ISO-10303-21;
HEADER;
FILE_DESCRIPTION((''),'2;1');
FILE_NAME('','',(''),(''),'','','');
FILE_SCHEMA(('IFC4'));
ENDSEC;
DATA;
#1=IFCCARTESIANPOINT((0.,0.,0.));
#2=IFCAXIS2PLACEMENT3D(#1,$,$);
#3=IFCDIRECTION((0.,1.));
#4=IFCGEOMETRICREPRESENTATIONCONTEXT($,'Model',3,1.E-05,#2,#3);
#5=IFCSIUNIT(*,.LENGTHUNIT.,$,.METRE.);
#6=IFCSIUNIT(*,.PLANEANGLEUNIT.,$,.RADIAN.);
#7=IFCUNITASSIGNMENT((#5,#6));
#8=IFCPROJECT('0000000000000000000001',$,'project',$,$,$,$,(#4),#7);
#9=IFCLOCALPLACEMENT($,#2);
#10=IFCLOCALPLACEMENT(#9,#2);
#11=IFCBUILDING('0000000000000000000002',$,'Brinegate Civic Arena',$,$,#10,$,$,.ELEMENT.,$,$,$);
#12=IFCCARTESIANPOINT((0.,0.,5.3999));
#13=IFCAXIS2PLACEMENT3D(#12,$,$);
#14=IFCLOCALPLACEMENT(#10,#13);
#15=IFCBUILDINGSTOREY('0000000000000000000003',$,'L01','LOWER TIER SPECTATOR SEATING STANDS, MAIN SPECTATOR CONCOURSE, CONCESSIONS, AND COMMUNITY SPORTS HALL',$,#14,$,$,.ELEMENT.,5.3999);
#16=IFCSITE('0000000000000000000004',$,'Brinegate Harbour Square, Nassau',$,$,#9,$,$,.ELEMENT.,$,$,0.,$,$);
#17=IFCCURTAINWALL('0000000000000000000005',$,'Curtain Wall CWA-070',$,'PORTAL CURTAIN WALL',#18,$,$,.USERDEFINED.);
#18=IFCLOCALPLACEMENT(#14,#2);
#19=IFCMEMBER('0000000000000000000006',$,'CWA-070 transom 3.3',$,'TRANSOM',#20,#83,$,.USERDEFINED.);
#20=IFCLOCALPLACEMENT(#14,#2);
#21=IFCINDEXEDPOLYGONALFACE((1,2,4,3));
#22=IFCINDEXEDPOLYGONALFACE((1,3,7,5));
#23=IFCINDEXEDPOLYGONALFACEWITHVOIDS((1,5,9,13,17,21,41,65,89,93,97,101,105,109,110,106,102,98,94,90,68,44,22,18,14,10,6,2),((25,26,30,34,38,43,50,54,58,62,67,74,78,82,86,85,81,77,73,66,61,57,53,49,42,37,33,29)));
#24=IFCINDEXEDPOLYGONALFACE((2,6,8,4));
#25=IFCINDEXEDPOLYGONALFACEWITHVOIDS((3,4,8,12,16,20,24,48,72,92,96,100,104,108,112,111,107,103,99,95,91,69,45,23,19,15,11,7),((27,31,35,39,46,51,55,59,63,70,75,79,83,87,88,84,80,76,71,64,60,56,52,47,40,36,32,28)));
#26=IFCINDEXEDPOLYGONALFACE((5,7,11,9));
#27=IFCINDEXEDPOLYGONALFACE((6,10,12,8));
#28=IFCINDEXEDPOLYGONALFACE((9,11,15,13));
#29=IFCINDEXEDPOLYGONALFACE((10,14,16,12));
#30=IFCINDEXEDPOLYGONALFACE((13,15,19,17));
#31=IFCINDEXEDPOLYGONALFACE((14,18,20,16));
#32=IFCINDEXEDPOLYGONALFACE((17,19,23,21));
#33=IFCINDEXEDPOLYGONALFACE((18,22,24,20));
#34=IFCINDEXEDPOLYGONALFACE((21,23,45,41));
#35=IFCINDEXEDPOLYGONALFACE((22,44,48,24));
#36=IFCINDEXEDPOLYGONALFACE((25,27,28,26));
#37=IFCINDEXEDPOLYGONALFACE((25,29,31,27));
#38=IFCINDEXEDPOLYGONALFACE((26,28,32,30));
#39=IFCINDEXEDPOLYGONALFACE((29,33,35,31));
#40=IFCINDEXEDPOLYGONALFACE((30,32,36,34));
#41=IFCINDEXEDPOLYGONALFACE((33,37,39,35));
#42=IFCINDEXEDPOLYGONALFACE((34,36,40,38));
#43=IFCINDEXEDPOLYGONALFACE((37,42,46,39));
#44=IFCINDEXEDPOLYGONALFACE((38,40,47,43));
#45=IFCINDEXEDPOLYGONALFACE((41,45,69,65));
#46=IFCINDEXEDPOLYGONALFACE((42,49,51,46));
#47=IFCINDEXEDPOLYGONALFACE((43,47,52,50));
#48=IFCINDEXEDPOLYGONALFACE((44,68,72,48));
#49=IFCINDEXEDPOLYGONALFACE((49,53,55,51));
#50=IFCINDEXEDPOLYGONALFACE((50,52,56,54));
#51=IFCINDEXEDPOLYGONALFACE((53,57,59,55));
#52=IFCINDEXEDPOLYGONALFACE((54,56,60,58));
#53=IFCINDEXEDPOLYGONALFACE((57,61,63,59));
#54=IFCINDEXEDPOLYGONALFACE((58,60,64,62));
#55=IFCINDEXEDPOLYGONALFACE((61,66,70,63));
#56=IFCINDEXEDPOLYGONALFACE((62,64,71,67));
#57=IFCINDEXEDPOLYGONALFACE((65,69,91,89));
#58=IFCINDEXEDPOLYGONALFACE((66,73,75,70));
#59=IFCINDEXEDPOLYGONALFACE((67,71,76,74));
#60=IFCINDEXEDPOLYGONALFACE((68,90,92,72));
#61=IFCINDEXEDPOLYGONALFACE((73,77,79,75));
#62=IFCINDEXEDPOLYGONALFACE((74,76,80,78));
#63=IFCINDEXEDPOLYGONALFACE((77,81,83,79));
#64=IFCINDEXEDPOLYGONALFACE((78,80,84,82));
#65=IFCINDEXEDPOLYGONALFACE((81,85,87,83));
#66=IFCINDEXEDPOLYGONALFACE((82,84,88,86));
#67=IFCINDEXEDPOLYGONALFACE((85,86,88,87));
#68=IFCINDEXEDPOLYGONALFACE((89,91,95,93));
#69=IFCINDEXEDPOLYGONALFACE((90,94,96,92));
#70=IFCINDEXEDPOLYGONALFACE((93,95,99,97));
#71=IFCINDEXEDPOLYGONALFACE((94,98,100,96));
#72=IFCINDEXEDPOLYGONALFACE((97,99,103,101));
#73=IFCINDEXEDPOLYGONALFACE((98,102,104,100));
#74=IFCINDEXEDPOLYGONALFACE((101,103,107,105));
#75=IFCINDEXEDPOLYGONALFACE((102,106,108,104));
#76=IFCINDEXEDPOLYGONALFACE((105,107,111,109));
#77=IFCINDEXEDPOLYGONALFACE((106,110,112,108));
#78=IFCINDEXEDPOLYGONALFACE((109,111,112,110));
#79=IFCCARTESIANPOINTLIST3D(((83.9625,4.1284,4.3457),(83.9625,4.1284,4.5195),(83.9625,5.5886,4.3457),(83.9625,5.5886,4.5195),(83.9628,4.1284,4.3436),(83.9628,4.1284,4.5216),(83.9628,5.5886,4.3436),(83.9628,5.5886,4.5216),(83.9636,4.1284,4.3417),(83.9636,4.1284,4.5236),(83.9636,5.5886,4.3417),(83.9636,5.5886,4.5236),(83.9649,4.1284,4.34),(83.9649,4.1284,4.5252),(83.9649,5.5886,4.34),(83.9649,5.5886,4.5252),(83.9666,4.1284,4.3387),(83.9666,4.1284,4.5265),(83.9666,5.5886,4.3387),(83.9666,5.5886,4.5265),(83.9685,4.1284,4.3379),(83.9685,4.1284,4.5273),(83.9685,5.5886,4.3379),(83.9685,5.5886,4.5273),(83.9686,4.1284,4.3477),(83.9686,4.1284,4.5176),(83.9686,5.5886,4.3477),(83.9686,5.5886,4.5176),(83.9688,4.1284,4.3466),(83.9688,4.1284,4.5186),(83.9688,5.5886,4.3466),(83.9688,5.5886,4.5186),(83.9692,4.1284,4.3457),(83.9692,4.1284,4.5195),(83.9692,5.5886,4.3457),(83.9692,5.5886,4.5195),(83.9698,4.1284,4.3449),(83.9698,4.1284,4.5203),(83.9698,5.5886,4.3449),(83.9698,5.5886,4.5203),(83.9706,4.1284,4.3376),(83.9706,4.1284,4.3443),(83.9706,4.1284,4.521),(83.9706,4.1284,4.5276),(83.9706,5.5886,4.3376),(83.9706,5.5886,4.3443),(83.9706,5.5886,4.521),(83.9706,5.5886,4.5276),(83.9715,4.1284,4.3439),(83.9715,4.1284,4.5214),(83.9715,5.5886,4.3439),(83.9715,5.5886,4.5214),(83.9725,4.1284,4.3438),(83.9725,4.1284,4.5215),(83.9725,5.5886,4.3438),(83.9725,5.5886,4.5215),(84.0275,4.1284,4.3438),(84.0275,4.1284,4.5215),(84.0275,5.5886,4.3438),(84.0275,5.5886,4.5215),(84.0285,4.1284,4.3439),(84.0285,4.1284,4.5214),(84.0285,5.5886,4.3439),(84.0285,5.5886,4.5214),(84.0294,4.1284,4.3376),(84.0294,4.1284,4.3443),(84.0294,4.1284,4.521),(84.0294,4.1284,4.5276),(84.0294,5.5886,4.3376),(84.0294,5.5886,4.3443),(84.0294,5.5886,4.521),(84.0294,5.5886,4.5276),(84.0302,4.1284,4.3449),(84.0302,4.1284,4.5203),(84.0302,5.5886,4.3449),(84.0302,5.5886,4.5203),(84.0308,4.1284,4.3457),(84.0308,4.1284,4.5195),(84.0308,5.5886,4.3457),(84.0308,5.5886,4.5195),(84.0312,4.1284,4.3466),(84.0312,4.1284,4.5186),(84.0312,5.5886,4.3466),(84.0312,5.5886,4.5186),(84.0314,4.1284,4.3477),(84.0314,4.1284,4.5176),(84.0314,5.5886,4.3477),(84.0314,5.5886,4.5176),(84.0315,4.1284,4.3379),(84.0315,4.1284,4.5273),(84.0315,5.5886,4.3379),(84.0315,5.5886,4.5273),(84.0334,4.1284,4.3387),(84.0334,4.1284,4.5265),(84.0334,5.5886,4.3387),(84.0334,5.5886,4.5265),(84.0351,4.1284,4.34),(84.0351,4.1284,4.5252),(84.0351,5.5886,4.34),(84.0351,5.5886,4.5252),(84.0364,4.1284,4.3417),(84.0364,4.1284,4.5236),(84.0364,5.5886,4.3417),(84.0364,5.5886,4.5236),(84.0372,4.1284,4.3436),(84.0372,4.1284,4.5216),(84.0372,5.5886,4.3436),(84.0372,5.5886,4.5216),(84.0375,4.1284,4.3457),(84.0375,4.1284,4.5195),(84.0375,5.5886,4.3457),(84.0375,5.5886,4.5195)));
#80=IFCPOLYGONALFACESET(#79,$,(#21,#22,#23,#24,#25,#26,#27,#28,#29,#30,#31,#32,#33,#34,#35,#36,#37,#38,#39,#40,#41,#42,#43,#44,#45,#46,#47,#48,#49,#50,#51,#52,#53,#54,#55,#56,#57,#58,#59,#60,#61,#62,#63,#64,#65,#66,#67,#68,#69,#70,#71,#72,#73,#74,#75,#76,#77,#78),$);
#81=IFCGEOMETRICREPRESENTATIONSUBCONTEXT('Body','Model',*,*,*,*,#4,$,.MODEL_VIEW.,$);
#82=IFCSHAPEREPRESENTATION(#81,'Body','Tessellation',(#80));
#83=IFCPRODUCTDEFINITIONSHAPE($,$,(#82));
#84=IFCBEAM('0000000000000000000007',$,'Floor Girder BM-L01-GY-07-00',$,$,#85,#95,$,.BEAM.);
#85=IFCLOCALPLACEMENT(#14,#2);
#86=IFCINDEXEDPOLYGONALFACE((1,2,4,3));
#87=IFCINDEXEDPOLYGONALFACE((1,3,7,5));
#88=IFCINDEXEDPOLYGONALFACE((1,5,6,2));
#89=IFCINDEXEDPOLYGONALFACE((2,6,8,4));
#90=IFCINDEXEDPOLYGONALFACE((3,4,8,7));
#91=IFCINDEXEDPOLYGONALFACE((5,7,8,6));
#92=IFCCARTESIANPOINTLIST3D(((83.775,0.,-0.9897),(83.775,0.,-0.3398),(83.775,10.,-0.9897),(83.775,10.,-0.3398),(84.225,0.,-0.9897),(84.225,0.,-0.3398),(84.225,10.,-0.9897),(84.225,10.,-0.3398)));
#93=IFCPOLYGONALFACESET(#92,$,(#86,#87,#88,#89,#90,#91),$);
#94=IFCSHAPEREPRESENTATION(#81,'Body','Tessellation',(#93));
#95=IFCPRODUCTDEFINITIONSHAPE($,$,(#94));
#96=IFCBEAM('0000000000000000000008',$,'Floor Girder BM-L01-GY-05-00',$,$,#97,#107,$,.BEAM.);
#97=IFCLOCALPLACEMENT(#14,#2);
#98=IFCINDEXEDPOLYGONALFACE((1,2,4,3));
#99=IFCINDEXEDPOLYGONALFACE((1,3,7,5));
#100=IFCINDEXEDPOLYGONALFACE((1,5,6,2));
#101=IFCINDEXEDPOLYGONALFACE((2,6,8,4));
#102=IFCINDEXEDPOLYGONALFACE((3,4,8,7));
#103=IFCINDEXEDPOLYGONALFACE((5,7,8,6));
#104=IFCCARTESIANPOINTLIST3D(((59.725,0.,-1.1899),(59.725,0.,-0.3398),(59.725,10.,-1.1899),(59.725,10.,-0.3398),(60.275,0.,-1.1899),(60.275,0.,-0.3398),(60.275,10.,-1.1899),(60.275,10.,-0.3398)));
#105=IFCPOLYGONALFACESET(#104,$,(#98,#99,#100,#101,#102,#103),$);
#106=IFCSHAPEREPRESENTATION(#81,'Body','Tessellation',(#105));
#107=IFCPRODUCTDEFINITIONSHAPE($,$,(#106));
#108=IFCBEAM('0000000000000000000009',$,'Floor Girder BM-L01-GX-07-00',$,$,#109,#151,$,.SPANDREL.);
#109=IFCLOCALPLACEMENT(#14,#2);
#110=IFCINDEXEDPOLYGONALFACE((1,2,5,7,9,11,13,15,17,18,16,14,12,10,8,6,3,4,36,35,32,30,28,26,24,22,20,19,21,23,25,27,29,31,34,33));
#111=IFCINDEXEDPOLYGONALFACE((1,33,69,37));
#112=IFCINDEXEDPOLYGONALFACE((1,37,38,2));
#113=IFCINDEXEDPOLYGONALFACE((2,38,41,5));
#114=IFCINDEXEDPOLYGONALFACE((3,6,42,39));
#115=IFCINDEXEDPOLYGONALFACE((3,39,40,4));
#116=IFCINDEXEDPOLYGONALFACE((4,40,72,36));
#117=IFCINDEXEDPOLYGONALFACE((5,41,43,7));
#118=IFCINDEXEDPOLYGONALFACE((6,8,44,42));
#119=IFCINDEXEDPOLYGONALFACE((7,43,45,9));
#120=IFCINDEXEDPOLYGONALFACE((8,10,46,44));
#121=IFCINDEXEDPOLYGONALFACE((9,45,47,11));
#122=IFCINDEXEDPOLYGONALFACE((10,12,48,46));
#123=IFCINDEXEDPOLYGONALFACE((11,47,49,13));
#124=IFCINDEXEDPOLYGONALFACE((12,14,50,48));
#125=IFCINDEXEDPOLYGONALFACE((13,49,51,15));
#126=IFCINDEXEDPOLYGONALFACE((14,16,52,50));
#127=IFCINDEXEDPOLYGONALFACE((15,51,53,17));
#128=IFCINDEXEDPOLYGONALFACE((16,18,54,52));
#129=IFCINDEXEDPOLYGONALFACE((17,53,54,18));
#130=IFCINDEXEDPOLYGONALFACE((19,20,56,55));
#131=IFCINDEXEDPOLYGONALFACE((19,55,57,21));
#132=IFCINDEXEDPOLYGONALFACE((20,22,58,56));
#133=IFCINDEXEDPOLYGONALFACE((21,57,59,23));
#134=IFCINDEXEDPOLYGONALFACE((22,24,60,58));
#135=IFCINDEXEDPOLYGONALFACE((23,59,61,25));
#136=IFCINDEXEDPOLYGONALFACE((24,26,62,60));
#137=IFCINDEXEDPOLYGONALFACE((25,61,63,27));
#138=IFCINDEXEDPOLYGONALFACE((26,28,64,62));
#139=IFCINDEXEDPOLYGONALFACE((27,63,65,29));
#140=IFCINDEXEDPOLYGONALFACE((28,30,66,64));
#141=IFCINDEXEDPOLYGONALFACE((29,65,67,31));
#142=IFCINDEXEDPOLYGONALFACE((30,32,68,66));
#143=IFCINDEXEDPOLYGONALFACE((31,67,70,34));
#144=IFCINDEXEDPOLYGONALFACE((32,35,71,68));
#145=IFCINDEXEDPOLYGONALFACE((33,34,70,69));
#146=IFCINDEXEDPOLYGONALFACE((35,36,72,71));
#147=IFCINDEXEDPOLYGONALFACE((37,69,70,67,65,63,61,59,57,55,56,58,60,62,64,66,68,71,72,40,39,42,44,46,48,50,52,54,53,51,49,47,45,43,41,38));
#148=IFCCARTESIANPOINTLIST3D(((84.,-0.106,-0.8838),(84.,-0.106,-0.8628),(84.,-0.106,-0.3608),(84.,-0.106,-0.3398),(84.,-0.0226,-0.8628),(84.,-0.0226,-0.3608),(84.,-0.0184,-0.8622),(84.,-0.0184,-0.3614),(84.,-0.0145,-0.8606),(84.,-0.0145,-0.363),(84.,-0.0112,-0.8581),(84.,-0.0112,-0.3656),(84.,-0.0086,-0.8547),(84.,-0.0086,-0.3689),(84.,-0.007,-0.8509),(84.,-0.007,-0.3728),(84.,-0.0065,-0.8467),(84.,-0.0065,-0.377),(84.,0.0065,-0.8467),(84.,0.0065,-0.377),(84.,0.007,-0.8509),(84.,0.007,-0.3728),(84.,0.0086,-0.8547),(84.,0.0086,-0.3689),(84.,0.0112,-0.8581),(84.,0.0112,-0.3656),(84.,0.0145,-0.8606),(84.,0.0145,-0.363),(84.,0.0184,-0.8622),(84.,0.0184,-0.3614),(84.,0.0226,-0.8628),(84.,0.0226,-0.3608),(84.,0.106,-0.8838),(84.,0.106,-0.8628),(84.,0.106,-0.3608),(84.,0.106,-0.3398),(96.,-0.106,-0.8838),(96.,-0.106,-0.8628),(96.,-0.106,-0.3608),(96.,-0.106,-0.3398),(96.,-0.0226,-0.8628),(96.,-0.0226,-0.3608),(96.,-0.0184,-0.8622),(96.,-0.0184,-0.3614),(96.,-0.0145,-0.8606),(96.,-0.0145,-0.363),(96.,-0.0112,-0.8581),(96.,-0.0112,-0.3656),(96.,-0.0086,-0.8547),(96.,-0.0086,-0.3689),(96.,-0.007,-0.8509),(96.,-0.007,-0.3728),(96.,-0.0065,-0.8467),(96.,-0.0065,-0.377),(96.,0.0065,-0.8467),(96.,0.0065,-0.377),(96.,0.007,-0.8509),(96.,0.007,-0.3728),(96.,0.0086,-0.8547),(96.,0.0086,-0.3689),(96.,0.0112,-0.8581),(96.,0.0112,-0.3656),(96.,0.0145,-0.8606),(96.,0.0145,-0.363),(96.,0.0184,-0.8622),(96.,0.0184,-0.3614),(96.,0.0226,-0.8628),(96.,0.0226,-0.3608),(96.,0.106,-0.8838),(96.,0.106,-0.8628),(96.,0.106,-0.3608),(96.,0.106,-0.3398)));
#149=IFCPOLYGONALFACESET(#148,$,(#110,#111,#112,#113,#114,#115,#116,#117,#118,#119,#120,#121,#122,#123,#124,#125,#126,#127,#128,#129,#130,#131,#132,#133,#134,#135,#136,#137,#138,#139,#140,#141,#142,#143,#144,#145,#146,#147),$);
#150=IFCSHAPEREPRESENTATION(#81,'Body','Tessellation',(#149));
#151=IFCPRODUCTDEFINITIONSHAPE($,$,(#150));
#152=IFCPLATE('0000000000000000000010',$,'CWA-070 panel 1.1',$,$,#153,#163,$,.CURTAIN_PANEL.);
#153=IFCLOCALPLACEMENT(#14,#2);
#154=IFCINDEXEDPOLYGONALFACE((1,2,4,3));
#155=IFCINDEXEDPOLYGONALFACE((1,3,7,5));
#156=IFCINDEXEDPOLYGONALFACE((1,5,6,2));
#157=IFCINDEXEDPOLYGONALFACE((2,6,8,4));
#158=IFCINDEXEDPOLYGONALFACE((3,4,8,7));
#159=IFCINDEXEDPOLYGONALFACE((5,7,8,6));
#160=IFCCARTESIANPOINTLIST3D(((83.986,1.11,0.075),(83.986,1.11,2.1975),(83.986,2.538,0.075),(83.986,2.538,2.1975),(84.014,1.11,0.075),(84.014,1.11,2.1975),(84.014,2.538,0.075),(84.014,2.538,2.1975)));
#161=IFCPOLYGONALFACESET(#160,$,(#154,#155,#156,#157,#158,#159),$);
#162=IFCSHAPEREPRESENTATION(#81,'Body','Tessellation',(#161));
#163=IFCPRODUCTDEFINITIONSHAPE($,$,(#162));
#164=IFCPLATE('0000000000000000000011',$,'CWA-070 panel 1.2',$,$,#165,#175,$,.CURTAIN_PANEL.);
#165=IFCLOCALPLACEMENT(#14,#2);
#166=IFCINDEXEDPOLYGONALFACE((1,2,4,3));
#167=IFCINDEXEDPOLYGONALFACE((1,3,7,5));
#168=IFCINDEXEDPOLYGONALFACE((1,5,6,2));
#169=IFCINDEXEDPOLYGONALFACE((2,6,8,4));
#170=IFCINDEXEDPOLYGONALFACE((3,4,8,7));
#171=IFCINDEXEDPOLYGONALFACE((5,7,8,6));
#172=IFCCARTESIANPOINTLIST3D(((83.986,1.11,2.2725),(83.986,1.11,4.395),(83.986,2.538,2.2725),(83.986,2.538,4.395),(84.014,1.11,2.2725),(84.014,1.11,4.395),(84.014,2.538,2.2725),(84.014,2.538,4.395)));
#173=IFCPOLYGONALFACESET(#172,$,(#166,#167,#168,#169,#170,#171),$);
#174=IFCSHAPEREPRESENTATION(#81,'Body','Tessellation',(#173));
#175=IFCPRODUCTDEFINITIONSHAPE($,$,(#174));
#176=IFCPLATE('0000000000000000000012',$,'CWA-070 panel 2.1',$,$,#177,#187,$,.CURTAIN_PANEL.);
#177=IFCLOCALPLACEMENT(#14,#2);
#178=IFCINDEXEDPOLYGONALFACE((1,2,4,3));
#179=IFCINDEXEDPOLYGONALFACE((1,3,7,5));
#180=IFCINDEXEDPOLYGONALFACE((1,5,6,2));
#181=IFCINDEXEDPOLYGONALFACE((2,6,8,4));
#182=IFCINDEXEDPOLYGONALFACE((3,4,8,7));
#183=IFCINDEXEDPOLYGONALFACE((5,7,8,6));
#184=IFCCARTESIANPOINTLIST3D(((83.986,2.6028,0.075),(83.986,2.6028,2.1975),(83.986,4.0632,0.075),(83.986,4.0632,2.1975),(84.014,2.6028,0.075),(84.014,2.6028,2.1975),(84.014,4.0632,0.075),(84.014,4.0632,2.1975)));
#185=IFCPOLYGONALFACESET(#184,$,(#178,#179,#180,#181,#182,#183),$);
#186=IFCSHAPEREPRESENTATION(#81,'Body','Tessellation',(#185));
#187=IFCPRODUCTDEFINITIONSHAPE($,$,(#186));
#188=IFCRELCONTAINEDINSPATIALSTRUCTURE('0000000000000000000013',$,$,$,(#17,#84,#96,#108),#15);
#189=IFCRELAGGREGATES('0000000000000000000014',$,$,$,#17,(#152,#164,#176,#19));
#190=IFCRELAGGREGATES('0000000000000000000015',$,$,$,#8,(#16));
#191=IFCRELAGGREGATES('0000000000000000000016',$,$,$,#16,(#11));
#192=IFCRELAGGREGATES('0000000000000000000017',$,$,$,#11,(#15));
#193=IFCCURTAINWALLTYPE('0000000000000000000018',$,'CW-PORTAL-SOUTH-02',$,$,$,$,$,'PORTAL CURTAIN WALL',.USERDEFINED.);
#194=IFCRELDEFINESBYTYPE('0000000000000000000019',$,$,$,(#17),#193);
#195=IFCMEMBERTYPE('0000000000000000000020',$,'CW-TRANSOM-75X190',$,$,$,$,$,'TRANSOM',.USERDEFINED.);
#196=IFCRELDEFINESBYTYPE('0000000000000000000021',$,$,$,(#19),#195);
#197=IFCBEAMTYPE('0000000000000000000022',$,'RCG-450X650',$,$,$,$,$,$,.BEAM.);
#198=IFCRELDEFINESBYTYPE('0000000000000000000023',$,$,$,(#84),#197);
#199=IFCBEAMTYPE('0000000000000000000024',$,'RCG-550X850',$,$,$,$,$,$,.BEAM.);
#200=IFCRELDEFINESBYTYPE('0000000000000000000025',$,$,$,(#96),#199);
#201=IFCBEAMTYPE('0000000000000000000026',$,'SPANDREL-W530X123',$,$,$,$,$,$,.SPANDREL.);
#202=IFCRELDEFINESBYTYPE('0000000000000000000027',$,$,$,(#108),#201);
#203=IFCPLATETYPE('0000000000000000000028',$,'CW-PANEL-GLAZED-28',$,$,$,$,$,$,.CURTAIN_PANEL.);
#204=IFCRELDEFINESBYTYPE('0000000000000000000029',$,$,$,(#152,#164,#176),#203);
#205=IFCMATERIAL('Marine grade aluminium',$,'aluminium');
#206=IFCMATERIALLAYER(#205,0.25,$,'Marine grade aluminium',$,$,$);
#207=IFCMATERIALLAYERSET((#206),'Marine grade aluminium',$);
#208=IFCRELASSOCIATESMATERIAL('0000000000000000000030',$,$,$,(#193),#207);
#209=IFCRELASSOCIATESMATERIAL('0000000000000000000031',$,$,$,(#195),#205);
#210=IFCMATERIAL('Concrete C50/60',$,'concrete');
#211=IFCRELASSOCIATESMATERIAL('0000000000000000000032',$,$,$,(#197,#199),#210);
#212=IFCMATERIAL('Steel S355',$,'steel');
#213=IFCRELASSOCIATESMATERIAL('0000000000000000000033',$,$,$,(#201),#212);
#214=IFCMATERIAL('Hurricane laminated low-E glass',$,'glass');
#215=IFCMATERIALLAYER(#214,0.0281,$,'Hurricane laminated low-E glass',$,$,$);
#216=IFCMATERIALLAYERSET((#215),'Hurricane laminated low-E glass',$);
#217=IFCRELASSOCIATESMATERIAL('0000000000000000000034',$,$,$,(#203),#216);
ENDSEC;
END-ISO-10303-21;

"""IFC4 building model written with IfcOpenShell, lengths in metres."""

from ifc_helpers import new_model, si_unit, direction, frame, origin, origin_2d, place, context, subcontext, project, spatial, rectangle, hollow_rectangle, i_section, extrude, material, layer, layer_set, material_profile, profile_set, type_object, element, aggregate, save


model = new_model("IFC4")

# Units and contexts
model_context = context("Model", 3, precision=1e-05, world=origin(), true_north=direction((0.0, 1.0)))
body_context = subcontext(model_context, "Body", "Model", "MODEL_VIEW")
ifc_project = project(units=[si_unit("LENGTHUNIT", "METRE"), si_unit("PLANEANGLEUNIT", "RADIAN")], contexts=[model_context])

# Site, building, storey
site_placement = place(None, origin())
site = spatial("IfcSite", under=ifc_project, at=site_placement, Name="Brinegate Harbour Square, Nassau", CompositionType="ELEMENT", RefElevation=0.0)
building_placement = place(site_placement, origin())
building = spatial("IfcBuilding", under=site, at=building_placement, Name="Brinegate Civic Arena", CompositionType="ELEMENT")
storey_placement = place(building_placement, frame((0.0, 0.0, 5.3999)))
storey = spatial("IfcBuildingStorey", under=building, at=storey_placement, Name="L01", Description="LOWER TIER SPECTATOR SEATING STANDS, MAIN SPECTATOR CONCOURSE, CONCESSIONS, AND COMMUNITY SPORTS HALL", CompositionType="ELEMENT", Elevation=5.3999)

# Shared definitions
ifc_material_1 = material(Name="Concrete C50/60", Category="concrete")

# Curtain wall, member
ifc_material_2 = material(Name="Marine grade aluminium", Category="aluminium")
ifc_layer_1 = layer(ifc_material_2, 0.25, Name="Marine grade aluminium")
ifc_layer_set_1 = layer_set([ifc_layer_1], Name="Marine grade aluminium")
curtain_wall_type = type_object("IfcCurtainWallType", Name="CW-PORTAL-SOUTH-02", ElementType="PORTAL CURTAIN WALL", PredefinedType="USERDEFINED", material=ifc_layer_set_1)
curtain_wall_placement = place(storey_placement, origin())
curtain_wall = element("IfcCurtainWall", 1, at=curtain_wall_placement, inside=storey, type_object=curtain_wall_type, Name="Curtain Wall CWA-070", ObjectType="PORTAL CURTAIN WALL", PredefinedType="USERDEFINED")
ifc_material_profile_1 = material_profile(ifc_material_2, hollow_rectangle(XDim=0.075, YDim=0.1899, WallThickness=0.0061, InnerFilletRadius=0.0039, OuterFilletRadius=0.0081, at=origin_2d()), Name="TRN75X190")
ifc_profile_set_1 = profile_set([ifc_material_profile_1], Name="Marine grade aluminium")
member_type_1 = type_object("IfcMemberType", Name="CW-TRANSOM-75X190", ElementType="TRANSOM", PredefinedType="USERDEFINED", material=ifc_profile_set_1)
member_1_placement = place(storey_placement, frame((84.0, 4.1284, 4.4326), z_axis=(0.0, 1.0, 0.0), x_axis=(-1.0, 0.0, 0.0)))
member_1 = element("IfcMember", 2, at=member_1_placement, type_object=member_type_1, Name="CWA-070 transom 3.3", ObjectType="TRANSOM", PredefinedType="USERDEFINED", context=body_context, shape_type="SweptSolid", body=[
    extrude(hollow_rectangle(XDim=0.075, YDim=0.1899, WallThickness=0.0061, InnerFilletRadius=0.0039, OuterFilletRadius=0.0081, at=origin_2d()), origin(), (0.0, 0.0, 1.0), 1.4602),
])

# Beams
ifc_material_profile_2 = material_profile(ifc_material_1, rectangle(XDim=0.45, YDim=0.6499, at=origin_2d()), Name="RCB450X650")
ifc_profile_set_2 = profile_set([ifc_material_profile_2], Name="Concrete C50/60")
beam_type_1 = type_object("IfcBeamType", Name="RCG-450X650", PredefinedType="BEAM", material=ifc_profile_set_2)
beam_1_placement = place(storey_placement, frame((84.0, 0.0, -0.6648), z_axis=(0.0, 1.0, 0.0), x_axis=(-1.0, 0.0, 0.0)))
element("IfcBeam", 3, at=beam_1_placement, inside=storey, type_object=beam_type_1, Name="Floor Girder BM-L01-GY-07-00", PredefinedType="BEAM", context=body_context, shape_type="SweptSolid", body=[
    extrude(rectangle(XDim=0.45, YDim=0.6499, at=origin_2d()), origin(), (0.0, 0.0, 1.0), 10.0),
])
ifc_material_profile_3 = material_profile(ifc_material_1, rectangle(XDim=0.55, YDim=0.8501, at=origin_2d()), Name="RCB550X850")
ifc_profile_set_3 = profile_set([ifc_material_profile_3], Name="Concrete C50/60")
beam_type_2 = type_object("IfcBeamType", Name="RCG-550X850", PredefinedType="BEAM", material=ifc_profile_set_3)
beam_2_placement = place(storey_placement, frame((60.0, 0.0, -0.7649), z_axis=(0.0, 1.0, 0.0), x_axis=(-1.0, 0.0, 0.0)))
element("IfcBeam", 4, at=beam_2_placement, inside=storey, type_object=beam_type_2, Name="Floor Girder BM-L01-GY-05-00", PredefinedType="BEAM", context=body_context, shape_type="SweptSolid", body=[
    extrude(rectangle(XDim=0.55, YDim=0.8501, at=origin_2d()), origin(), (0.0, 0.0, 1.0), 10.0),
])
ifc_material_3 = material(Name="Steel S355", Category="steel")
ifc_material_profile_4 = material_profile(ifc_material_3, i_section(OverallWidth=0.2119, OverallDepth=0.5439, WebThickness=0.0129, FlangeThickness=0.021, FilletRadius=0.0161, at=origin_2d()), Name="W530X123")
ifc_profile_set_4 = profile_set([ifc_material_profile_4], Name="Steel S355")
beam_type_3 = type_object("IfcBeamType", Name="SPANDREL-W530X123", PredefinedType="SPANDREL", material=ifc_profile_set_4)
beam_3_placement = place(storey_placement, frame((84.0, 0.0, -0.6118), z_axis=(1.0, 0.0, 0.0), x_axis=(0.0, 1.0, 0.0)))
element("IfcBeam", 5, at=beam_3_placement, inside=storey, type_object=beam_type_3, Name="Floor Girder BM-L01-GX-07-00", PredefinedType="SPANDREL", context=body_context, shape_type="SweptSolid", body=[
    extrude(i_section(OverallWidth=0.2119, OverallDepth=0.5439, WebThickness=0.0129, FlangeThickness=0.021, FilletRadius=0.0161, at=origin_2d()), origin(), (0.0, 0.0, 1.0), 12.0),
])

# Plates
ifc_material_4 = material(Name="Hurricane laminated low-E glass", Category="glass")
ifc_layer_2 = layer(ifc_material_4, 0.0281, Name="Hurricane laminated low-E glass")
ifc_layer_set_2 = layer_set([ifc_layer_2], Name="Hurricane laminated low-E glass")
plate_type = type_object("IfcPlateType", Name="CW-PANEL-GLAZED-28", PredefinedType="CURTAIN_PANEL", material=ifc_layer_set_2)
plate_1_placement = place(storey_placement, frame((84.0, 1.824, 0.075), z_axis=(0.0, 0.0, 1.0), x_axis=(0.0, 1.0, 0.0)))
plate_1 = element("IfcPlate", 6, at=plate_1_placement, type_object=plate_type, Name="CWA-070 panel 1.1", PredefinedType="CURTAIN_PANEL", context=body_context, shape_type="SweptSolid", body=[
    extrude(rectangle(XDim=1.428, YDim=0.0281, at=origin_2d()), origin(), (0.0, 0.0, 1.0), 2.1226),
])
plate_2_placement = place(storey_placement, frame((84.0, 1.824, 2.2725), z_axis=(0.0, 0.0, 1.0), x_axis=(0.0, 1.0, 0.0)))
plate_2 = element("IfcPlate", 7, at=plate_2_placement, type_object=plate_type, Name="CWA-070 panel 1.2", PredefinedType="CURTAIN_PANEL", context=body_context, shape_type="SweptSolid", body=[
    extrude(rectangle(XDim=1.428, YDim=0.0281, at=origin_2d()), origin(), (0.0, 0.0, 1.0), 2.1226),
])
plate_3_placement = place(storey_placement, frame((84.0, 3.333, 0.075), z_axis=(0.0, 0.0, 1.0), x_axis=(0.0, 1.0, 0.0)))
plate_3 = element("IfcPlate", 8, at=plate_3_placement, type_object=plate_type, Name="CWA-070 panel 2.1", PredefinedType="CURTAIN_PANEL", context=body_context, shape_type="SweptSolid", body=[
    extrude(rectangle(XDim=1.4604, YDim=0.0281, at=origin_2d()), origin(), (0.0, 0.0, 1.0), 2.1226),
])
aggregate(curtain_wall, [plate_1, plate_2, plate_3, member_1])

save(model, "model.ifc")
